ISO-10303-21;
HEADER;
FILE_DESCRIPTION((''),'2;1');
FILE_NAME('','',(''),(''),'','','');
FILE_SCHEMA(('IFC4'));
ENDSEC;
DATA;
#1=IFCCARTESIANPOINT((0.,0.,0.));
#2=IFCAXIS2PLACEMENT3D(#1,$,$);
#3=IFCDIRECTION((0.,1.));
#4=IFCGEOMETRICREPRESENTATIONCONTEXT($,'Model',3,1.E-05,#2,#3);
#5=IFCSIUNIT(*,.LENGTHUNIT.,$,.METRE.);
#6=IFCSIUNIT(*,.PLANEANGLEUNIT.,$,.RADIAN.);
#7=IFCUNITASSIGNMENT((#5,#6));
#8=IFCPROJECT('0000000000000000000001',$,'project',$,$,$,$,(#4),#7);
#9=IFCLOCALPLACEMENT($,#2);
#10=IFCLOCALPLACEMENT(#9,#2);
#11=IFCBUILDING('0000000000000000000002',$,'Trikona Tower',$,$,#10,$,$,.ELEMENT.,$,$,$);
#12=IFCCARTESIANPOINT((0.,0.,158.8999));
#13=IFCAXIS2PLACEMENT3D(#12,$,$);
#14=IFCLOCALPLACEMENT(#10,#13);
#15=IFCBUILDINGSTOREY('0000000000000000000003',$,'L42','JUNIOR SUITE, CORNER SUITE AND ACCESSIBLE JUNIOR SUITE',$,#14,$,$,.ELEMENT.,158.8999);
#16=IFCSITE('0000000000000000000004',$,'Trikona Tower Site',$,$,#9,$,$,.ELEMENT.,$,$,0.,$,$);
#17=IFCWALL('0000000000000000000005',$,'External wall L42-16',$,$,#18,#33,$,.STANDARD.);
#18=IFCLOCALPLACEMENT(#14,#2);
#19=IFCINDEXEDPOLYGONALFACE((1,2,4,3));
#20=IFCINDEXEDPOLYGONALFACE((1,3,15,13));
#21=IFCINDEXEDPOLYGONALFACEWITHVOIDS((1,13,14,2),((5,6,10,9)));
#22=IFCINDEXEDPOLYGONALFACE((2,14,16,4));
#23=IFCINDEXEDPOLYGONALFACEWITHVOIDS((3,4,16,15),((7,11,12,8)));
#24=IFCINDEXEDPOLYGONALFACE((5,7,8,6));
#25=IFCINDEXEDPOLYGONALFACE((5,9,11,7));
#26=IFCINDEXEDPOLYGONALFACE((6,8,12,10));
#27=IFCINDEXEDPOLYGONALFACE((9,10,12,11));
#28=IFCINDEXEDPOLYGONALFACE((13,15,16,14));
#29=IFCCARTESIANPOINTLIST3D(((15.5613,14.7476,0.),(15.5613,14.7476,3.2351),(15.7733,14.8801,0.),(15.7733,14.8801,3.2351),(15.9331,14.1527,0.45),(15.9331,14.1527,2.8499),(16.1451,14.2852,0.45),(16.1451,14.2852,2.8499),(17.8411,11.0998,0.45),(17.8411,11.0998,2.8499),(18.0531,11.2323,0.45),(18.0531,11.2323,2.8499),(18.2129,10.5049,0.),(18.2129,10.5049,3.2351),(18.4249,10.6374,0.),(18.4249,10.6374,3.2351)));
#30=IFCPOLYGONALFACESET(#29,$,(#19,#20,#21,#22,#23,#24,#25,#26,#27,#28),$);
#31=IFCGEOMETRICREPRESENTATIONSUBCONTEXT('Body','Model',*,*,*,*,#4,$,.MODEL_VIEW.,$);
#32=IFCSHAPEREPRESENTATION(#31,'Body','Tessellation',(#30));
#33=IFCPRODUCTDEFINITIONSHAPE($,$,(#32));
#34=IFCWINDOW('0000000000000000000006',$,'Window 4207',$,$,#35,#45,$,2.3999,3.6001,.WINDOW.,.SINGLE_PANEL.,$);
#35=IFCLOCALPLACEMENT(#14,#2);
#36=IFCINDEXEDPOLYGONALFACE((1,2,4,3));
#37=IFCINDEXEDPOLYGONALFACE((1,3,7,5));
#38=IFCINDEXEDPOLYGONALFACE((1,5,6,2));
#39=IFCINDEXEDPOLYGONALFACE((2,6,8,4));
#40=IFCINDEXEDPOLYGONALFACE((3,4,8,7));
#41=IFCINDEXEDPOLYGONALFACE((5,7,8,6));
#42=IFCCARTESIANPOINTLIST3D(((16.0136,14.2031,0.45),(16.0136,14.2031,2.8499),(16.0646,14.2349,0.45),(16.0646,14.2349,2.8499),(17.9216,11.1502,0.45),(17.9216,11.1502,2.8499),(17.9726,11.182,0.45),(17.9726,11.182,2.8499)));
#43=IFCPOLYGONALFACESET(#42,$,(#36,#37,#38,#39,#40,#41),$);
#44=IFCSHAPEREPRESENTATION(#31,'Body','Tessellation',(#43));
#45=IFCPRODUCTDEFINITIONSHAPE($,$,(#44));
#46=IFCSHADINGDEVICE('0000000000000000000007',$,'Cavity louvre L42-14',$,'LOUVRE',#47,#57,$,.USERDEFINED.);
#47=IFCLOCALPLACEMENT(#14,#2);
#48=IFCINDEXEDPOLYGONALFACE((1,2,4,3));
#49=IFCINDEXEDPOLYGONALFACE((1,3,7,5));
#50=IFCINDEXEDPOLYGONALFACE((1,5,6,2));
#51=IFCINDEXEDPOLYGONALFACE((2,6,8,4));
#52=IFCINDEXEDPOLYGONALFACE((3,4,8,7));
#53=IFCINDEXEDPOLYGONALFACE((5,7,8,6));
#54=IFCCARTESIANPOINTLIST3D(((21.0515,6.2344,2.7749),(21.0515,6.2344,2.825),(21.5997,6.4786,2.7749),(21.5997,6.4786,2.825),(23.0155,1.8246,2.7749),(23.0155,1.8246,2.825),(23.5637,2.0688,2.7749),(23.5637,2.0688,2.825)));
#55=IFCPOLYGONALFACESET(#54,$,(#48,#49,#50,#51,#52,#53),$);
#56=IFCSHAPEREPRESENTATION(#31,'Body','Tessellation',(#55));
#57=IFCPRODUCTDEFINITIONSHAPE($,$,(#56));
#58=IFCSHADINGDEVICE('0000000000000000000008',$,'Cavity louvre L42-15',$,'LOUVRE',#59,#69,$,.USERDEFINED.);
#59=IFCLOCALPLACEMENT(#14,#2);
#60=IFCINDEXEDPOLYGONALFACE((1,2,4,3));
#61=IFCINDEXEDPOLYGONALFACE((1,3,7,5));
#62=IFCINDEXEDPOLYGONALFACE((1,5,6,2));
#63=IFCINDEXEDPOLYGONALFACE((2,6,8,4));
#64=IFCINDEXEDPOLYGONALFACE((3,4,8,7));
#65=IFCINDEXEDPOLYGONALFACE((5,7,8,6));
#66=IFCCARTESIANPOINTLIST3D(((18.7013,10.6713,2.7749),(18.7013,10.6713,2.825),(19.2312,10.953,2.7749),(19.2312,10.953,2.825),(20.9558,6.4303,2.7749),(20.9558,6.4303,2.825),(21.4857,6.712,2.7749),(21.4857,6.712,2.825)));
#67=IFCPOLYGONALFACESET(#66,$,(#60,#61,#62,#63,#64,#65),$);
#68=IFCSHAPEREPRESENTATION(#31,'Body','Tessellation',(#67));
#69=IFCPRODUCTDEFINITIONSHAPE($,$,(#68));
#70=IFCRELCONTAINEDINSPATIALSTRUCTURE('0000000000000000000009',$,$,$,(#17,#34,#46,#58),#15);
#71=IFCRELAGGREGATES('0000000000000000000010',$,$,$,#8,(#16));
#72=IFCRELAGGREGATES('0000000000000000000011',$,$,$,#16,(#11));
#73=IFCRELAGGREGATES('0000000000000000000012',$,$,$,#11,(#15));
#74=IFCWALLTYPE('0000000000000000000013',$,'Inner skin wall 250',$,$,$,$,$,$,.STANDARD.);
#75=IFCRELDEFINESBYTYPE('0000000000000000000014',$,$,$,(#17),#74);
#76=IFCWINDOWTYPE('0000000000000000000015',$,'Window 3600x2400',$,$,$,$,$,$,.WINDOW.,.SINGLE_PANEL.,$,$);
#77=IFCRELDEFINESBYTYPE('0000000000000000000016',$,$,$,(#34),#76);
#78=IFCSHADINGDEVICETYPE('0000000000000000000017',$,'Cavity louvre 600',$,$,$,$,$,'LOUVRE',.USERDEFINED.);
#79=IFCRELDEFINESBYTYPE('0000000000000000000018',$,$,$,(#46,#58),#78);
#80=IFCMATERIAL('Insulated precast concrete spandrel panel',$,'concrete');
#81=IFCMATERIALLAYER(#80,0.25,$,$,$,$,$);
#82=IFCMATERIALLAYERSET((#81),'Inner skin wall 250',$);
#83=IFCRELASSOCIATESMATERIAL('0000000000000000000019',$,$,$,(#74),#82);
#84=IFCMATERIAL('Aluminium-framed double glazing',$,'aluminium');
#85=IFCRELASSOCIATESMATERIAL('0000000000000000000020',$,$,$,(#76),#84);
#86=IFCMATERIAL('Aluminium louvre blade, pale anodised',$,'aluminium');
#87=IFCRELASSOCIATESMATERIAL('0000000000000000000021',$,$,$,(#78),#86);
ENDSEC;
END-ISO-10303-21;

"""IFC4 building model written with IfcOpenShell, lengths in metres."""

from ifc_helpers import new_model, si_unit, direction, frame, frame_2d, origin, origin_2d, place, context, subcontext, project, spatial, rectangle, extrude, material, layer, layer_set, type_object, element, fill, save


model = new_model("IFC4")

# Units and contexts
model_context = context("Model", 3, precision=1e-05, world=origin(), true_north=direction((0.0, 1.0)))
body_context = subcontext(model_context, "Body", "Model", "MODEL_VIEW")
ifc_project = project(units=[si_unit("LENGTHUNIT", "METRE"), si_unit("PLANEANGLEUNIT", "RADIAN")], contexts=[model_context])

# Site, building, storey
site_placement = place(None, origin())
site = spatial("IfcSite", under=ifc_project, at=site_placement, Name="Trikona Tower Site", CompositionType="ELEMENT", RefElevation=0.0)
building_placement = place(site_placement, origin())
building = spatial("IfcBuilding", under=site, at=building_placement, Name="Trikona Tower", CompositionType="ELEMENT")
storey_placement = place(building_placement, frame((0.0, 0.0, 158.8999)))
storey = spatial("IfcBuildingStorey", under=building, at=storey_placement, Name="L42", Description="JUNIOR SUITE, CORNER SUITE AND ACCESSIBLE JUNIOR SUITE", CompositionType="ELEMENT", Elevation=158.8999)

# Wall, opening, window
ifc_material_1 = material(Name="Insulated precast concrete spandrel panel", Category="concrete")
ifc_layer_1 = layer(ifc_material_1, 0.25)
ifc_layer_set_1 = layer_set([ifc_layer_1], Name="Inner skin wall 250")
wall_type_1 = type_object("IfcWallType", Name="Inner skin wall 250", PredefinedType="STANDARD", material=ifc_layer_set_1)
ifc_material_2 = material(Name="Aluminium-framed double glazing", Category="aluminium")
window_type = type_object("IfcWindowType", Name="Window 3600x2400", PartitioningType="SINGLE_PANEL", PredefinedType="WINDOW", material=ifc_material_2)
wall_1_placement = place(storey_placement, frame((18.3188, 10.5713, 0.0), z_axis=(0.0, 0.0, 1.0), x_axis=(-0.52999, 0.848004, 0.0)))
wall_1 = element("IfcWall", 1, at=wall_1_placement, inside=storey, type_object=wall_type_1, Name="External wall L42-16", PredefinedType="STANDARD", context=body_context, shape_type="SweptSolid", body=[
    extrude(rectangle(XDim=5.0032, YDim=0.25, at=frame_2d((2.5015, 0.0))), origin(), (0.0, 0.0, 1.0), 3.2351),
])
opening_1_placement = place(wall_1_placement, frame((0.7014, 0.0, 0.45)))
opening_1 = element("IfcOpeningElement", 2, at=opening_1_placement, cuts=wall_1, PredefinedType="OPENING", context=body_context, shape_type="SweptSolid", body=[
    extrude(rectangle(XDim=3.6001, YDim=2.3999, at=frame_2d((1.8, 1.2))), frame((0.0, 0.135, 0.0), z_axis=(0.0, -1.0, 0.0), x_axis=(1.0, 0.0, 0.0)), (0.0, 0.0, 1.0), 0.27),
])
window_1_placement = place(opening_1_placement, origin())
window_1 = element("IfcWindow", 3, at=window_1_placement, inside=storey, type_object=window_type, Name="Window 4207", OverallHeight=2.3999, OverallWidth=3.6001, PartitioningType="SINGLE_PANEL", PredefinedType="WINDOW", context=body_context, shape_type="SweptSolid", body=[
    extrude(rectangle(XDim=3.6001, YDim=2.3999, at=frame_2d((1.8, 1.2))), frame((0.0, 0.03, 0.0), z_axis=(0.0, -1.0, 0.0), x_axis=(1.0, 0.0, 0.0)), (0.0, 0.0, 1.0), 0.0601),
])
fill(opening_1, window_1)

# Shading devices
ifc_material_3 = material(Name="Aluminium louvre blade, pale anodised", Category="aluminium")
shading_device_type = type_object("IfcShadingDeviceType", Name="Cavity louvre 600", ElementType="LOUVRE", PredefinedType="USERDEFINED", material=ifc_material_3)
shading_device_1_placement = place(storey_placement, frame((22.3076, 4.1516, 2.7749), z_axis=(0.0, 0.0, 1.0), x_axis=(-0.406843, 0.913498, 0.0)))
element("IfcShadingDevice", 4, at=shading_device_1_placement, inside=storey, type_object=shading_device_type, Name="Cavity louvre L42-14", ObjectType="LOUVRE", PredefinedType="USERDEFINED", context=body_context, shape_type="SweptSolid", body=[
    extrude(rectangle(XDim=4.8274, YDim=0.6001, at=origin_2d()), origin(), (0.0, 0.0, 1.0), 0.05),
])
shading_device_2_placement = place(storey_placement, frame((20.0935, 8.6917, 2.7749), z_axis=(0.0, 0.0, 1.0), x_axis=(-0.469398, 0.882987, 0.0)))
element("IfcShadingDevice", 5, at=shading_device_2_placement, inside=storey, type_object=shading_device_type, Name="Cavity louvre L42-15", ObjectType="LOUVRE", PredefinedType="USERDEFINED", context=body_context, shape_type="SweptSolid", body=[
    extrude(rectangle(XDim=4.803, YDim=0.6001, at=origin_2d()), origin(), (0.0, 0.0, 1.0), 0.05),
])

save(model, "model.ifc")
